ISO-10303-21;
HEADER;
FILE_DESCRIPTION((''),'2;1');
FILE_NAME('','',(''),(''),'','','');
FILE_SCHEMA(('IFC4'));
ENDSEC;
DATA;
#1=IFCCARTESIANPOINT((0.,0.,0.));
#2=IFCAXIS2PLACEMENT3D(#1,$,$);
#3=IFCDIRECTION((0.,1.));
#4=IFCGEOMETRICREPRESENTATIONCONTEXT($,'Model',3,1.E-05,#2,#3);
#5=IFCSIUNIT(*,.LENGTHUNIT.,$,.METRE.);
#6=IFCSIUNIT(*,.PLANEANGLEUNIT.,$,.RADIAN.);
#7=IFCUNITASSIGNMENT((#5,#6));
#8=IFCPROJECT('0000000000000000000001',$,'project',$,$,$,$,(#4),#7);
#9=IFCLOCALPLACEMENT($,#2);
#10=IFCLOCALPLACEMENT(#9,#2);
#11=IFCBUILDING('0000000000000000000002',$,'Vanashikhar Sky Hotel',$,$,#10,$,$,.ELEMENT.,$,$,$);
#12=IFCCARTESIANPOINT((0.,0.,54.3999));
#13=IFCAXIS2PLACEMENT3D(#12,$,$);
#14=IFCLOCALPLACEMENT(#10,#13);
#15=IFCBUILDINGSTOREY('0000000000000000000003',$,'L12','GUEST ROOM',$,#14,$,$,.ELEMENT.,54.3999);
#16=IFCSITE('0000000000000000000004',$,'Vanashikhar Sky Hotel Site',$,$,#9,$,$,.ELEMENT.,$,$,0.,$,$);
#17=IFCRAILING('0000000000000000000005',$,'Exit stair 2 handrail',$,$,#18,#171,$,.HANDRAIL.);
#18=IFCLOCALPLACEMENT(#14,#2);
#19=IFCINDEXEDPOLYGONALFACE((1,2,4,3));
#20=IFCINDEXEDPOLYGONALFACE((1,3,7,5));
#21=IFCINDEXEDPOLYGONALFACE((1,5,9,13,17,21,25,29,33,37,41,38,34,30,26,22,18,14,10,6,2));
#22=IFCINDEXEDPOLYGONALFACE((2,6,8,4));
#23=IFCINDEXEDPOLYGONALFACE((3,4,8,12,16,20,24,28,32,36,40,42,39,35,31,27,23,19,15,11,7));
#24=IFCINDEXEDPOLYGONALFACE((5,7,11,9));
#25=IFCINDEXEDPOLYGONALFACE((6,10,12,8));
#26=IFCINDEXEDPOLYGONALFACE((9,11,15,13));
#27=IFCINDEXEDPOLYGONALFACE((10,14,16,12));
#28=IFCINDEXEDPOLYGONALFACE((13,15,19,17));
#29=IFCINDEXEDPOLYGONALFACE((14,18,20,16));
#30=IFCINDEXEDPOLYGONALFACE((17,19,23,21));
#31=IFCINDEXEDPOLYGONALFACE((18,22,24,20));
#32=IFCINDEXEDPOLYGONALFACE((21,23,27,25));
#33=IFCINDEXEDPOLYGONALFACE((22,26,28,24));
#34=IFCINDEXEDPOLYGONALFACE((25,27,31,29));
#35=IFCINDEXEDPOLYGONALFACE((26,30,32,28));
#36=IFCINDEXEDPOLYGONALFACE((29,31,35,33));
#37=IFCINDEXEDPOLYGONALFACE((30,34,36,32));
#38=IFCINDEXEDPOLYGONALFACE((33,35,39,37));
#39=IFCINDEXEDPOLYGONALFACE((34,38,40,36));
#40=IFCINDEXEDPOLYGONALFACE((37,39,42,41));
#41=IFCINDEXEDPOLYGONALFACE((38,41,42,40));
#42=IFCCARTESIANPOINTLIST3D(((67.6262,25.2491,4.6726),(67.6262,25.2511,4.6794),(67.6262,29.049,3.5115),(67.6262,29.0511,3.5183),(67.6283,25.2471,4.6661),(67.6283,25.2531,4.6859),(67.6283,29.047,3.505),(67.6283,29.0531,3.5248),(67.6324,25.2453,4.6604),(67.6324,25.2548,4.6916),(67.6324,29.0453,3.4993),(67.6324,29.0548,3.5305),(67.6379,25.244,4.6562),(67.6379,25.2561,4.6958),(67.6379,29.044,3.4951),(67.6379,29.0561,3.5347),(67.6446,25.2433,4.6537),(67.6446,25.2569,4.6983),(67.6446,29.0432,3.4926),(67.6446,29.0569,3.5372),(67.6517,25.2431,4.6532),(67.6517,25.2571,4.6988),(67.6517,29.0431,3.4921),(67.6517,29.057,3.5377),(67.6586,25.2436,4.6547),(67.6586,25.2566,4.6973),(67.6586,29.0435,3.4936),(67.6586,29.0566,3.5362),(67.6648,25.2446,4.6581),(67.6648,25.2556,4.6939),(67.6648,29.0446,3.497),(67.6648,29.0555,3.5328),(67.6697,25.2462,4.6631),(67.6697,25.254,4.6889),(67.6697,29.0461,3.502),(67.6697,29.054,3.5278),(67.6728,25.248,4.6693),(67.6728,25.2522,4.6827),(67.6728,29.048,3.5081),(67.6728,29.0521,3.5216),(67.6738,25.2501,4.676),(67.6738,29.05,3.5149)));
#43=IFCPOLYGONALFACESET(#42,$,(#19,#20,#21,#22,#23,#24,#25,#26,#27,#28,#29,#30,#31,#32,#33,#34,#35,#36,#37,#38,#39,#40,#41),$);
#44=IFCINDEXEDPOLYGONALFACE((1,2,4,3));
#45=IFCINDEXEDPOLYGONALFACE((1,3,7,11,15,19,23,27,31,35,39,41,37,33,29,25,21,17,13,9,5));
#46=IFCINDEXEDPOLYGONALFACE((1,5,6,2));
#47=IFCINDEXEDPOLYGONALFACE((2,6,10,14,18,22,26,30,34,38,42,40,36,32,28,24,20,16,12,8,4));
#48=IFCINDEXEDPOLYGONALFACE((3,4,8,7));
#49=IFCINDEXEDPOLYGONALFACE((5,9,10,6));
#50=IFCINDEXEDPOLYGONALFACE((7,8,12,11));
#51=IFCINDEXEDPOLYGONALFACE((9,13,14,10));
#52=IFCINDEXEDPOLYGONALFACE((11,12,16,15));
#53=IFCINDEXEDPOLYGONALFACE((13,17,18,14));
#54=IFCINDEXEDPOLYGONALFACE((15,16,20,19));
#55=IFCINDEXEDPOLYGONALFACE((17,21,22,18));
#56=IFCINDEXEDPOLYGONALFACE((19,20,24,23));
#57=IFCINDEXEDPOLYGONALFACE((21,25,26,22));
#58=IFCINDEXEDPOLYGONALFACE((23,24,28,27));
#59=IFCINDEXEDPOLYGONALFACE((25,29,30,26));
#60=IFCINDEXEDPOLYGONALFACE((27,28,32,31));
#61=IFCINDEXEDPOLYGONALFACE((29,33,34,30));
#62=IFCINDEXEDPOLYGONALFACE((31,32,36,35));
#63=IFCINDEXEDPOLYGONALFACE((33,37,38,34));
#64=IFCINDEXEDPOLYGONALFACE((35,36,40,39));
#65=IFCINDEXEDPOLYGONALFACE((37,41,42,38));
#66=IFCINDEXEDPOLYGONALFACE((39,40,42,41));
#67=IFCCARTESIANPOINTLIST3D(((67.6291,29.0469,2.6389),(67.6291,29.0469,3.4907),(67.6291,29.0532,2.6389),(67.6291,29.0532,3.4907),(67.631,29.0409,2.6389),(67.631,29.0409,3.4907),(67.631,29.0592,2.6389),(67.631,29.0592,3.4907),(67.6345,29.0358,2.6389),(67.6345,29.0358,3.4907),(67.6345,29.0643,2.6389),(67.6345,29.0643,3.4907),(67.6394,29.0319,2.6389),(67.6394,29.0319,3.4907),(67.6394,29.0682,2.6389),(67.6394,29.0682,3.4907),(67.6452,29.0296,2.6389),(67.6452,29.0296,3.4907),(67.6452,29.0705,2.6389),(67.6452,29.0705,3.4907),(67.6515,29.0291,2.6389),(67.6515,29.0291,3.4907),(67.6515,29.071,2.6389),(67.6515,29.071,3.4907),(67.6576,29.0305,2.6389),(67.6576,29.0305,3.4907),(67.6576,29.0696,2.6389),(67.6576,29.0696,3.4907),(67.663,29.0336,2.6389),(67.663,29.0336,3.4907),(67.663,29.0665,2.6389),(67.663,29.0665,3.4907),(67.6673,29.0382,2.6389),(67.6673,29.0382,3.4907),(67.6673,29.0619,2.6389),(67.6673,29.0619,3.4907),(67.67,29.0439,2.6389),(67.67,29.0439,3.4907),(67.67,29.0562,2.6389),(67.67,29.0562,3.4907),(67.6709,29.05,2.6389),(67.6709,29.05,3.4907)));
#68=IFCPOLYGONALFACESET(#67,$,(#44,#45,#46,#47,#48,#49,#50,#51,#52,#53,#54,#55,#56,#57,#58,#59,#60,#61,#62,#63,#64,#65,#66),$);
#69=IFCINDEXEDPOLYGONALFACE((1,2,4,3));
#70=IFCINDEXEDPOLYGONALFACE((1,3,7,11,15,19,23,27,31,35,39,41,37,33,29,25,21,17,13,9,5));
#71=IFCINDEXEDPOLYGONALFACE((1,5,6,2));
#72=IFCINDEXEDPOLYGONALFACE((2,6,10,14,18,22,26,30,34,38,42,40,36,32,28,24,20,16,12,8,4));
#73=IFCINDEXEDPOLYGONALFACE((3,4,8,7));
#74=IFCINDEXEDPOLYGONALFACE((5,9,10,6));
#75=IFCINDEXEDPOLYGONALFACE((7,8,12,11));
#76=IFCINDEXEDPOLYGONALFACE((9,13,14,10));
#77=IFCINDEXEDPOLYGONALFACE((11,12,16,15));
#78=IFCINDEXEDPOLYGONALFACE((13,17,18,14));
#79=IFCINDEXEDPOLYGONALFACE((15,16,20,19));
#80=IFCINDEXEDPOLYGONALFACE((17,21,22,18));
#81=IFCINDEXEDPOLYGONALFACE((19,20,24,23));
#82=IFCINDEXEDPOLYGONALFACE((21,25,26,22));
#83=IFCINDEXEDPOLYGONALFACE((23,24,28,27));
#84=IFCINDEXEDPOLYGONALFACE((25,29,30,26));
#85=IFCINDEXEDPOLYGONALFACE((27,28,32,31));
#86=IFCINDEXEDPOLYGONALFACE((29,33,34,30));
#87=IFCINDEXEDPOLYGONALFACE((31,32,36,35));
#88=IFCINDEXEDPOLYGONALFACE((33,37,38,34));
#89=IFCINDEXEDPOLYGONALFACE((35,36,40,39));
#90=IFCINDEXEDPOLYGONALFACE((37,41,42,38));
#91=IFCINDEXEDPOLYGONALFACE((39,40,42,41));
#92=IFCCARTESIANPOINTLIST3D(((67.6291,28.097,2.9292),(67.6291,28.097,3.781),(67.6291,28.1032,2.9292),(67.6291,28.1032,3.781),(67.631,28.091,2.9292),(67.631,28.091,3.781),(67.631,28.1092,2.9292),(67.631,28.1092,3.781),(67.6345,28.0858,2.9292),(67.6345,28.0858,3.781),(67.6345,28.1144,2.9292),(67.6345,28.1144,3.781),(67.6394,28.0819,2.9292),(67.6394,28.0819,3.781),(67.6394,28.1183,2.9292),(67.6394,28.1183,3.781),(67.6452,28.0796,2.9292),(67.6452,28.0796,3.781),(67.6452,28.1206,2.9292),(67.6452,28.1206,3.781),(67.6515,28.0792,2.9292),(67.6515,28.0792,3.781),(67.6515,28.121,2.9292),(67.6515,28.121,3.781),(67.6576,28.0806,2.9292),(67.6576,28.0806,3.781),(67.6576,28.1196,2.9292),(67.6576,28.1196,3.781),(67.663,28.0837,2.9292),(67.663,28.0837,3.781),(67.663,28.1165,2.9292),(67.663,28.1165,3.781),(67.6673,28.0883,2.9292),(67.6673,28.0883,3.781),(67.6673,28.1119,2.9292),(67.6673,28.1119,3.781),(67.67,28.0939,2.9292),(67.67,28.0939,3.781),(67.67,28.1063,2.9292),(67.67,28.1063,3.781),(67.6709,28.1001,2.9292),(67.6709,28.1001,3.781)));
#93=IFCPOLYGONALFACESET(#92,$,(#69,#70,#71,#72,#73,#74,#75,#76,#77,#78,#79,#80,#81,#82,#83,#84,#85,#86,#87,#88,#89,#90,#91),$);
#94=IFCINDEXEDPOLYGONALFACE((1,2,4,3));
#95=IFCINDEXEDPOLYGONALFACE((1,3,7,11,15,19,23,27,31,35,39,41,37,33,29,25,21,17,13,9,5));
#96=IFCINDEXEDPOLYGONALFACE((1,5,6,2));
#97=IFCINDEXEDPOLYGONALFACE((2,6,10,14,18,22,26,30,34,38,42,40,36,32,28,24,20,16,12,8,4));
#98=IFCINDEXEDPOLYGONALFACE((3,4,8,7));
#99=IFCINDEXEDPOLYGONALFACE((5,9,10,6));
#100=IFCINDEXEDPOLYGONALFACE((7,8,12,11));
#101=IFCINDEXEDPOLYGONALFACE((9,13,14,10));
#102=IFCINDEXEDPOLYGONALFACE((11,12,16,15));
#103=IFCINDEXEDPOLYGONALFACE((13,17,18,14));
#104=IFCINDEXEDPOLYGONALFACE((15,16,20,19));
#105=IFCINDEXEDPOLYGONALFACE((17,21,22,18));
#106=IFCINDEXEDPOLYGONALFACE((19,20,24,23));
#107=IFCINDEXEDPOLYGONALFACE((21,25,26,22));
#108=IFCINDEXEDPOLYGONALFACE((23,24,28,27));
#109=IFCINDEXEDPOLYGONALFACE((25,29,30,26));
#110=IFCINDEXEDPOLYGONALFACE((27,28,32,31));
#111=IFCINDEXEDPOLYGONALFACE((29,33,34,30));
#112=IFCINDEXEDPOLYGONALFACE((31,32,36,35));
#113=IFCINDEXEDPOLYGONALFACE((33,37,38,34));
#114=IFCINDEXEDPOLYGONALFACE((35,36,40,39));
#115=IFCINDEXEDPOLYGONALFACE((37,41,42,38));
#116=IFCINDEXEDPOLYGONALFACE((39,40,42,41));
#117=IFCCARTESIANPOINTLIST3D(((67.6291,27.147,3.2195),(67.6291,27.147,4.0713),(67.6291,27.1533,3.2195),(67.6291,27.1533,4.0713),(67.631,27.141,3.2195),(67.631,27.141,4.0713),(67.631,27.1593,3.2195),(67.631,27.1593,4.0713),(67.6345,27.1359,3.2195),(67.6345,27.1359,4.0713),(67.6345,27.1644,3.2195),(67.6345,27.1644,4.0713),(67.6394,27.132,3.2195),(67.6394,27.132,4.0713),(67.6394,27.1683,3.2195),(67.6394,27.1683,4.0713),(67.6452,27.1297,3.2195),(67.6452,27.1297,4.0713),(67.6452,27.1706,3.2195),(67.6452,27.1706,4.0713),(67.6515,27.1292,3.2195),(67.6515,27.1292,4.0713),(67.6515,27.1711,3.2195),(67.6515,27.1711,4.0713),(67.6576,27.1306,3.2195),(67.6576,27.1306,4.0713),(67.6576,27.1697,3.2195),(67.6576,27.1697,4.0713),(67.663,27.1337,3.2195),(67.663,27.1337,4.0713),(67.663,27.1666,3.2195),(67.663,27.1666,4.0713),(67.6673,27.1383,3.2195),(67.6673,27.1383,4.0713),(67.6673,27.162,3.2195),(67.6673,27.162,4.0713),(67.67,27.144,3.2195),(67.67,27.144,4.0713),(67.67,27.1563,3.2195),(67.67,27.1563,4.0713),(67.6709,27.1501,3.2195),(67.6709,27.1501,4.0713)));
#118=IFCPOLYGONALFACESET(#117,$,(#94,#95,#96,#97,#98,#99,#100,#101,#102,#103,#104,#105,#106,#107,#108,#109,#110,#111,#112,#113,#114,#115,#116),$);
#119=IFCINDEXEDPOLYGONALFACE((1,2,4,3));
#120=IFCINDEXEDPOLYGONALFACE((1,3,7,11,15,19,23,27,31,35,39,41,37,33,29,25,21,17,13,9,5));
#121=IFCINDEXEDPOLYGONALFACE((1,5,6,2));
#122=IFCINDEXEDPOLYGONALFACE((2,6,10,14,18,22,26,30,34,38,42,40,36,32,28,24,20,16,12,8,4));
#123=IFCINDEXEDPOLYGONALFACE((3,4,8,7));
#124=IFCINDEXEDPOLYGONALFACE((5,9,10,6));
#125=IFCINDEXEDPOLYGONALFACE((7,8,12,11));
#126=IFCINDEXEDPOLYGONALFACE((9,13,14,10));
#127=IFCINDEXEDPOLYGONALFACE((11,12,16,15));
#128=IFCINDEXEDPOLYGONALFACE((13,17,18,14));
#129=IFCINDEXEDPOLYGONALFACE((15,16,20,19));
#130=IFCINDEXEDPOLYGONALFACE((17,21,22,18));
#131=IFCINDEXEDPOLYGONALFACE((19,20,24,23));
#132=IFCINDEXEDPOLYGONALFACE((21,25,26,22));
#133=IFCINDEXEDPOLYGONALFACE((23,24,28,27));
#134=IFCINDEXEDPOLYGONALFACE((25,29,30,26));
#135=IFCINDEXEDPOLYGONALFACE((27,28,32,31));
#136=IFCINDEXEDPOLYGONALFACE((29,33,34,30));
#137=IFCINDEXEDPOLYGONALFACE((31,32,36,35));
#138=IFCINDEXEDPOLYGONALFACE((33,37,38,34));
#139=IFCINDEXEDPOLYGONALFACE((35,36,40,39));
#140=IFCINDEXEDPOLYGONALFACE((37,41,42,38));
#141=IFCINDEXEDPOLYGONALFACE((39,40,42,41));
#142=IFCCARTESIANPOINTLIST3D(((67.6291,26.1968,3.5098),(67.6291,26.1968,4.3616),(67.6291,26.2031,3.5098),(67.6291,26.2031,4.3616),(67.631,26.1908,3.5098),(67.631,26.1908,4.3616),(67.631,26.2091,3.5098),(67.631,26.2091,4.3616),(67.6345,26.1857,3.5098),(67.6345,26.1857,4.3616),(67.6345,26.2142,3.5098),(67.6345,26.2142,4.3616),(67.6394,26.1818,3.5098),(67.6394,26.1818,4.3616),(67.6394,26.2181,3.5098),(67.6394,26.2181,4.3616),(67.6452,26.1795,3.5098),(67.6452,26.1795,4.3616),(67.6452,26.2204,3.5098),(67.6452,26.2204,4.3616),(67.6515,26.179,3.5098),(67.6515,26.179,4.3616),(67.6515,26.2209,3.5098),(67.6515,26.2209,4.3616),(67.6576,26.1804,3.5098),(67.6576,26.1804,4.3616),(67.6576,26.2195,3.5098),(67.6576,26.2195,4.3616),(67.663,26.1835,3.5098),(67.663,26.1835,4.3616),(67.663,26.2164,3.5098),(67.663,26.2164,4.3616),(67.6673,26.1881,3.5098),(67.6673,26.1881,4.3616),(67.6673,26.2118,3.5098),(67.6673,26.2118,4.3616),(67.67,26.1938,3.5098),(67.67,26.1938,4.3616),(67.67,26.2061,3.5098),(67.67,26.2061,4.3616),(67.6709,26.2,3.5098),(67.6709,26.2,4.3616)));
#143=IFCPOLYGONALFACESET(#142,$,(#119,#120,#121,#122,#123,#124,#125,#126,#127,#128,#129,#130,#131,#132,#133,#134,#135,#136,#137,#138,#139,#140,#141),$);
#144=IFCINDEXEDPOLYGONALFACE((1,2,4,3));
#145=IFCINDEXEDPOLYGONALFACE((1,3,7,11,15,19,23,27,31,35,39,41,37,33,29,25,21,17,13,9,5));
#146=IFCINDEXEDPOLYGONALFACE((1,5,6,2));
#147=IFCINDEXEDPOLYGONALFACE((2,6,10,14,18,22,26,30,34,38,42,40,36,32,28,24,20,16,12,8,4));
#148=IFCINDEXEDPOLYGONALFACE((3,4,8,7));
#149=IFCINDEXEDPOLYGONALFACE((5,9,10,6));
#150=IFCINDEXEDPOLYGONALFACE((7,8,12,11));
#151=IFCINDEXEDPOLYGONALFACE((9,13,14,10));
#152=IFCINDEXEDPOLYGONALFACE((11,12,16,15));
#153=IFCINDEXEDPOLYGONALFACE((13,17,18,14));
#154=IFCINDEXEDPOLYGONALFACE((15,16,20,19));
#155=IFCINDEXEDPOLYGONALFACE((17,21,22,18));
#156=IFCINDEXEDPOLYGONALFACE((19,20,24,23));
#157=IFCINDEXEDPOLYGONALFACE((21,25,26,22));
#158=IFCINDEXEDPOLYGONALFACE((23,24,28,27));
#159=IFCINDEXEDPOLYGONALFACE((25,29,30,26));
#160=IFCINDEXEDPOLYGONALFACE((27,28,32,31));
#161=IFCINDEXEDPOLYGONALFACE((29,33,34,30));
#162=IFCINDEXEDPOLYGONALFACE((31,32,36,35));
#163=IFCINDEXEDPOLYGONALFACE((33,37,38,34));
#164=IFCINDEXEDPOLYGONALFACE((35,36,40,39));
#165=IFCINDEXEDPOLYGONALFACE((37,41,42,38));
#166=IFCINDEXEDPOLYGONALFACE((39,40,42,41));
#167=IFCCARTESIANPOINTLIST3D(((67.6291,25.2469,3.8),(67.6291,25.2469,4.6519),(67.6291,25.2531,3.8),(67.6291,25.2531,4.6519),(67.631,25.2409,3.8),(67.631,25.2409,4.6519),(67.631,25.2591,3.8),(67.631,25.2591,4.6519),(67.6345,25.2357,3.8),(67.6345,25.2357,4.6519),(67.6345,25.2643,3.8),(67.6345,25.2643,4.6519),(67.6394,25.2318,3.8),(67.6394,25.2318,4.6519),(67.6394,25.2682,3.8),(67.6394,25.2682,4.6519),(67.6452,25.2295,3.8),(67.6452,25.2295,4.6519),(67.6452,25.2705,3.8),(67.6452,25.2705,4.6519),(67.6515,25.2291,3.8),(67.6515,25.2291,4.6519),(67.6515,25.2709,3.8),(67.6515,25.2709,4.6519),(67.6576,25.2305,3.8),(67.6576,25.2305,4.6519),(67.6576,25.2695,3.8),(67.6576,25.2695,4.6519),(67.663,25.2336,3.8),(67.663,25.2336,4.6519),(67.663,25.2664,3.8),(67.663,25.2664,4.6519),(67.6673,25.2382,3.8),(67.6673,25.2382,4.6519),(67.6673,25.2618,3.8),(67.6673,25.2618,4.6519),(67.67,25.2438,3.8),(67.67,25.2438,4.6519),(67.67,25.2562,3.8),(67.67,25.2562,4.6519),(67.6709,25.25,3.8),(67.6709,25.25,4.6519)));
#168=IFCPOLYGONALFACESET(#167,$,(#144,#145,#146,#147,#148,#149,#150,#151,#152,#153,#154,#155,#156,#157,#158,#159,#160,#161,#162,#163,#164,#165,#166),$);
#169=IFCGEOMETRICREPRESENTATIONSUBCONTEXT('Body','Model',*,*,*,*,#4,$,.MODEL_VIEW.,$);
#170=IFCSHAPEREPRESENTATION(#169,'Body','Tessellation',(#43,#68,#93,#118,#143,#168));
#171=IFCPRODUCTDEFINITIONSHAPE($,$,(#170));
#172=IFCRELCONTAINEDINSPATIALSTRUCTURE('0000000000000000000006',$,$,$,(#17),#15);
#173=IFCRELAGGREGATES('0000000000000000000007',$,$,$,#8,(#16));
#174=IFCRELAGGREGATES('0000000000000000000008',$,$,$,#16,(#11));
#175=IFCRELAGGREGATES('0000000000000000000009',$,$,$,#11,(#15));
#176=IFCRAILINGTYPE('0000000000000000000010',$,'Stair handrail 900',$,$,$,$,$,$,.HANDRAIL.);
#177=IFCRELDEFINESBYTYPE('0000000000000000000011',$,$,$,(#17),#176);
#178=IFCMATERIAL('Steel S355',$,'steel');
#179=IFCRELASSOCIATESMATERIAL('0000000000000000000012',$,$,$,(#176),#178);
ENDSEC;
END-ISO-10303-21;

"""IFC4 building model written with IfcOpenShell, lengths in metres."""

from ifc_helpers import new_model, si_unit, direction, frame, origin, origin_2d, place, context, subcontext, project, spatial, circle, extrude, source, transform, mapped, material, type_object, element, save


model = new_model("IFC4")

# Units and contexts
model_context = context("Model", 3, precision=1e-05, world=origin(), true_north=direction((0.0, 1.0)))
body_context = subcontext(model_context, "Body", "Model", "MODEL_VIEW")
ifc_project = project(units=[si_unit("LENGTHUNIT", "METRE"), si_unit("PLANEANGLEUNIT", "RADIAN")], contexts=[model_context])

# Site, building, storey
site_placement = place(None, origin())
site = spatial("IfcSite", under=ifc_project, at=site_placement, Name="Vanashikhar Sky Hotel Site", CompositionType="ELEMENT", RefElevation=0.0)
building_placement = place(site_placement, origin())
building = spatial("IfcBuilding", under=site, at=building_placement, Name="Vanashikhar Sky Hotel", CompositionType="ELEMENT")
storey_placement = place(building_placement, frame((0.0, 0.0, 54.3999)))
storey = spatial("IfcBuildingStorey", under=building, at=storey_placement, Name="L12", Description="GUEST ROOM", CompositionType="ELEMENT", Elevation=54.3999)

# Railing
ifc_material_1 = material(Name="Steel S355", Category="steel")
railing_type_1 = type_object("IfcRailingType", Name="Stair handrail 900", PredefinedType="HANDRAIL", material=ifc_material_1)
shared_shape_1 = source(origin(), body_context, "Body", "SweptSolid", [
    extrude(circle(Radius=0.0239, at=origin_2d()), frame((0.0, 0.0, 0.876), z_axis=(0.0, -0.956351, 0.29222), x_axis=(1.0, 0.0, 0.0)), (0.0, 0.0, 1.0), 3.9734),
    extrude(circle(Radius=0.021, at=origin_2d()), origin(), (0.0, 0.0, 1.0), 0.8518),
    extrude(circle(Radius=0.021, at=origin_2d()), frame((0.0, -0.95, 0.2903)), (0.0, 0.0, 1.0), 0.8518),
    extrude(circle(Radius=0.021, at=origin_2d()), frame((0.0, -1.8999, 0.5806)), (0.0, 0.0, 1.0), 0.8518),
    extrude(circle(Radius=0.021, at=origin_2d()), frame((0.0, -2.8501, 0.8708)), (0.0, 0.0, 1.0), 0.8518),
    extrude(circle(Radius=0.021, at=origin_2d()), frame((0.0, -3.8, 1.1611)), (0.0, 0.0, 1.0), 0.8518),
])
for number, where, name in (
    (1, (67.6499, 29.05, 2.6389), "Exit stair 2 handrail"),
):
    element("IfcRailing", number, at=place(storey_placement, frame(where)), inside=storey, type_object=railing_type_1, Name=name, PredefinedType="HANDRAIL", context=body_context, shape_type="MappedRepresentation", body=[
        mapped(shared_shape_1, transform((0.0, 0.0, 0.0), scale=1.0)),
    ])

save(model, "model.ifc")
